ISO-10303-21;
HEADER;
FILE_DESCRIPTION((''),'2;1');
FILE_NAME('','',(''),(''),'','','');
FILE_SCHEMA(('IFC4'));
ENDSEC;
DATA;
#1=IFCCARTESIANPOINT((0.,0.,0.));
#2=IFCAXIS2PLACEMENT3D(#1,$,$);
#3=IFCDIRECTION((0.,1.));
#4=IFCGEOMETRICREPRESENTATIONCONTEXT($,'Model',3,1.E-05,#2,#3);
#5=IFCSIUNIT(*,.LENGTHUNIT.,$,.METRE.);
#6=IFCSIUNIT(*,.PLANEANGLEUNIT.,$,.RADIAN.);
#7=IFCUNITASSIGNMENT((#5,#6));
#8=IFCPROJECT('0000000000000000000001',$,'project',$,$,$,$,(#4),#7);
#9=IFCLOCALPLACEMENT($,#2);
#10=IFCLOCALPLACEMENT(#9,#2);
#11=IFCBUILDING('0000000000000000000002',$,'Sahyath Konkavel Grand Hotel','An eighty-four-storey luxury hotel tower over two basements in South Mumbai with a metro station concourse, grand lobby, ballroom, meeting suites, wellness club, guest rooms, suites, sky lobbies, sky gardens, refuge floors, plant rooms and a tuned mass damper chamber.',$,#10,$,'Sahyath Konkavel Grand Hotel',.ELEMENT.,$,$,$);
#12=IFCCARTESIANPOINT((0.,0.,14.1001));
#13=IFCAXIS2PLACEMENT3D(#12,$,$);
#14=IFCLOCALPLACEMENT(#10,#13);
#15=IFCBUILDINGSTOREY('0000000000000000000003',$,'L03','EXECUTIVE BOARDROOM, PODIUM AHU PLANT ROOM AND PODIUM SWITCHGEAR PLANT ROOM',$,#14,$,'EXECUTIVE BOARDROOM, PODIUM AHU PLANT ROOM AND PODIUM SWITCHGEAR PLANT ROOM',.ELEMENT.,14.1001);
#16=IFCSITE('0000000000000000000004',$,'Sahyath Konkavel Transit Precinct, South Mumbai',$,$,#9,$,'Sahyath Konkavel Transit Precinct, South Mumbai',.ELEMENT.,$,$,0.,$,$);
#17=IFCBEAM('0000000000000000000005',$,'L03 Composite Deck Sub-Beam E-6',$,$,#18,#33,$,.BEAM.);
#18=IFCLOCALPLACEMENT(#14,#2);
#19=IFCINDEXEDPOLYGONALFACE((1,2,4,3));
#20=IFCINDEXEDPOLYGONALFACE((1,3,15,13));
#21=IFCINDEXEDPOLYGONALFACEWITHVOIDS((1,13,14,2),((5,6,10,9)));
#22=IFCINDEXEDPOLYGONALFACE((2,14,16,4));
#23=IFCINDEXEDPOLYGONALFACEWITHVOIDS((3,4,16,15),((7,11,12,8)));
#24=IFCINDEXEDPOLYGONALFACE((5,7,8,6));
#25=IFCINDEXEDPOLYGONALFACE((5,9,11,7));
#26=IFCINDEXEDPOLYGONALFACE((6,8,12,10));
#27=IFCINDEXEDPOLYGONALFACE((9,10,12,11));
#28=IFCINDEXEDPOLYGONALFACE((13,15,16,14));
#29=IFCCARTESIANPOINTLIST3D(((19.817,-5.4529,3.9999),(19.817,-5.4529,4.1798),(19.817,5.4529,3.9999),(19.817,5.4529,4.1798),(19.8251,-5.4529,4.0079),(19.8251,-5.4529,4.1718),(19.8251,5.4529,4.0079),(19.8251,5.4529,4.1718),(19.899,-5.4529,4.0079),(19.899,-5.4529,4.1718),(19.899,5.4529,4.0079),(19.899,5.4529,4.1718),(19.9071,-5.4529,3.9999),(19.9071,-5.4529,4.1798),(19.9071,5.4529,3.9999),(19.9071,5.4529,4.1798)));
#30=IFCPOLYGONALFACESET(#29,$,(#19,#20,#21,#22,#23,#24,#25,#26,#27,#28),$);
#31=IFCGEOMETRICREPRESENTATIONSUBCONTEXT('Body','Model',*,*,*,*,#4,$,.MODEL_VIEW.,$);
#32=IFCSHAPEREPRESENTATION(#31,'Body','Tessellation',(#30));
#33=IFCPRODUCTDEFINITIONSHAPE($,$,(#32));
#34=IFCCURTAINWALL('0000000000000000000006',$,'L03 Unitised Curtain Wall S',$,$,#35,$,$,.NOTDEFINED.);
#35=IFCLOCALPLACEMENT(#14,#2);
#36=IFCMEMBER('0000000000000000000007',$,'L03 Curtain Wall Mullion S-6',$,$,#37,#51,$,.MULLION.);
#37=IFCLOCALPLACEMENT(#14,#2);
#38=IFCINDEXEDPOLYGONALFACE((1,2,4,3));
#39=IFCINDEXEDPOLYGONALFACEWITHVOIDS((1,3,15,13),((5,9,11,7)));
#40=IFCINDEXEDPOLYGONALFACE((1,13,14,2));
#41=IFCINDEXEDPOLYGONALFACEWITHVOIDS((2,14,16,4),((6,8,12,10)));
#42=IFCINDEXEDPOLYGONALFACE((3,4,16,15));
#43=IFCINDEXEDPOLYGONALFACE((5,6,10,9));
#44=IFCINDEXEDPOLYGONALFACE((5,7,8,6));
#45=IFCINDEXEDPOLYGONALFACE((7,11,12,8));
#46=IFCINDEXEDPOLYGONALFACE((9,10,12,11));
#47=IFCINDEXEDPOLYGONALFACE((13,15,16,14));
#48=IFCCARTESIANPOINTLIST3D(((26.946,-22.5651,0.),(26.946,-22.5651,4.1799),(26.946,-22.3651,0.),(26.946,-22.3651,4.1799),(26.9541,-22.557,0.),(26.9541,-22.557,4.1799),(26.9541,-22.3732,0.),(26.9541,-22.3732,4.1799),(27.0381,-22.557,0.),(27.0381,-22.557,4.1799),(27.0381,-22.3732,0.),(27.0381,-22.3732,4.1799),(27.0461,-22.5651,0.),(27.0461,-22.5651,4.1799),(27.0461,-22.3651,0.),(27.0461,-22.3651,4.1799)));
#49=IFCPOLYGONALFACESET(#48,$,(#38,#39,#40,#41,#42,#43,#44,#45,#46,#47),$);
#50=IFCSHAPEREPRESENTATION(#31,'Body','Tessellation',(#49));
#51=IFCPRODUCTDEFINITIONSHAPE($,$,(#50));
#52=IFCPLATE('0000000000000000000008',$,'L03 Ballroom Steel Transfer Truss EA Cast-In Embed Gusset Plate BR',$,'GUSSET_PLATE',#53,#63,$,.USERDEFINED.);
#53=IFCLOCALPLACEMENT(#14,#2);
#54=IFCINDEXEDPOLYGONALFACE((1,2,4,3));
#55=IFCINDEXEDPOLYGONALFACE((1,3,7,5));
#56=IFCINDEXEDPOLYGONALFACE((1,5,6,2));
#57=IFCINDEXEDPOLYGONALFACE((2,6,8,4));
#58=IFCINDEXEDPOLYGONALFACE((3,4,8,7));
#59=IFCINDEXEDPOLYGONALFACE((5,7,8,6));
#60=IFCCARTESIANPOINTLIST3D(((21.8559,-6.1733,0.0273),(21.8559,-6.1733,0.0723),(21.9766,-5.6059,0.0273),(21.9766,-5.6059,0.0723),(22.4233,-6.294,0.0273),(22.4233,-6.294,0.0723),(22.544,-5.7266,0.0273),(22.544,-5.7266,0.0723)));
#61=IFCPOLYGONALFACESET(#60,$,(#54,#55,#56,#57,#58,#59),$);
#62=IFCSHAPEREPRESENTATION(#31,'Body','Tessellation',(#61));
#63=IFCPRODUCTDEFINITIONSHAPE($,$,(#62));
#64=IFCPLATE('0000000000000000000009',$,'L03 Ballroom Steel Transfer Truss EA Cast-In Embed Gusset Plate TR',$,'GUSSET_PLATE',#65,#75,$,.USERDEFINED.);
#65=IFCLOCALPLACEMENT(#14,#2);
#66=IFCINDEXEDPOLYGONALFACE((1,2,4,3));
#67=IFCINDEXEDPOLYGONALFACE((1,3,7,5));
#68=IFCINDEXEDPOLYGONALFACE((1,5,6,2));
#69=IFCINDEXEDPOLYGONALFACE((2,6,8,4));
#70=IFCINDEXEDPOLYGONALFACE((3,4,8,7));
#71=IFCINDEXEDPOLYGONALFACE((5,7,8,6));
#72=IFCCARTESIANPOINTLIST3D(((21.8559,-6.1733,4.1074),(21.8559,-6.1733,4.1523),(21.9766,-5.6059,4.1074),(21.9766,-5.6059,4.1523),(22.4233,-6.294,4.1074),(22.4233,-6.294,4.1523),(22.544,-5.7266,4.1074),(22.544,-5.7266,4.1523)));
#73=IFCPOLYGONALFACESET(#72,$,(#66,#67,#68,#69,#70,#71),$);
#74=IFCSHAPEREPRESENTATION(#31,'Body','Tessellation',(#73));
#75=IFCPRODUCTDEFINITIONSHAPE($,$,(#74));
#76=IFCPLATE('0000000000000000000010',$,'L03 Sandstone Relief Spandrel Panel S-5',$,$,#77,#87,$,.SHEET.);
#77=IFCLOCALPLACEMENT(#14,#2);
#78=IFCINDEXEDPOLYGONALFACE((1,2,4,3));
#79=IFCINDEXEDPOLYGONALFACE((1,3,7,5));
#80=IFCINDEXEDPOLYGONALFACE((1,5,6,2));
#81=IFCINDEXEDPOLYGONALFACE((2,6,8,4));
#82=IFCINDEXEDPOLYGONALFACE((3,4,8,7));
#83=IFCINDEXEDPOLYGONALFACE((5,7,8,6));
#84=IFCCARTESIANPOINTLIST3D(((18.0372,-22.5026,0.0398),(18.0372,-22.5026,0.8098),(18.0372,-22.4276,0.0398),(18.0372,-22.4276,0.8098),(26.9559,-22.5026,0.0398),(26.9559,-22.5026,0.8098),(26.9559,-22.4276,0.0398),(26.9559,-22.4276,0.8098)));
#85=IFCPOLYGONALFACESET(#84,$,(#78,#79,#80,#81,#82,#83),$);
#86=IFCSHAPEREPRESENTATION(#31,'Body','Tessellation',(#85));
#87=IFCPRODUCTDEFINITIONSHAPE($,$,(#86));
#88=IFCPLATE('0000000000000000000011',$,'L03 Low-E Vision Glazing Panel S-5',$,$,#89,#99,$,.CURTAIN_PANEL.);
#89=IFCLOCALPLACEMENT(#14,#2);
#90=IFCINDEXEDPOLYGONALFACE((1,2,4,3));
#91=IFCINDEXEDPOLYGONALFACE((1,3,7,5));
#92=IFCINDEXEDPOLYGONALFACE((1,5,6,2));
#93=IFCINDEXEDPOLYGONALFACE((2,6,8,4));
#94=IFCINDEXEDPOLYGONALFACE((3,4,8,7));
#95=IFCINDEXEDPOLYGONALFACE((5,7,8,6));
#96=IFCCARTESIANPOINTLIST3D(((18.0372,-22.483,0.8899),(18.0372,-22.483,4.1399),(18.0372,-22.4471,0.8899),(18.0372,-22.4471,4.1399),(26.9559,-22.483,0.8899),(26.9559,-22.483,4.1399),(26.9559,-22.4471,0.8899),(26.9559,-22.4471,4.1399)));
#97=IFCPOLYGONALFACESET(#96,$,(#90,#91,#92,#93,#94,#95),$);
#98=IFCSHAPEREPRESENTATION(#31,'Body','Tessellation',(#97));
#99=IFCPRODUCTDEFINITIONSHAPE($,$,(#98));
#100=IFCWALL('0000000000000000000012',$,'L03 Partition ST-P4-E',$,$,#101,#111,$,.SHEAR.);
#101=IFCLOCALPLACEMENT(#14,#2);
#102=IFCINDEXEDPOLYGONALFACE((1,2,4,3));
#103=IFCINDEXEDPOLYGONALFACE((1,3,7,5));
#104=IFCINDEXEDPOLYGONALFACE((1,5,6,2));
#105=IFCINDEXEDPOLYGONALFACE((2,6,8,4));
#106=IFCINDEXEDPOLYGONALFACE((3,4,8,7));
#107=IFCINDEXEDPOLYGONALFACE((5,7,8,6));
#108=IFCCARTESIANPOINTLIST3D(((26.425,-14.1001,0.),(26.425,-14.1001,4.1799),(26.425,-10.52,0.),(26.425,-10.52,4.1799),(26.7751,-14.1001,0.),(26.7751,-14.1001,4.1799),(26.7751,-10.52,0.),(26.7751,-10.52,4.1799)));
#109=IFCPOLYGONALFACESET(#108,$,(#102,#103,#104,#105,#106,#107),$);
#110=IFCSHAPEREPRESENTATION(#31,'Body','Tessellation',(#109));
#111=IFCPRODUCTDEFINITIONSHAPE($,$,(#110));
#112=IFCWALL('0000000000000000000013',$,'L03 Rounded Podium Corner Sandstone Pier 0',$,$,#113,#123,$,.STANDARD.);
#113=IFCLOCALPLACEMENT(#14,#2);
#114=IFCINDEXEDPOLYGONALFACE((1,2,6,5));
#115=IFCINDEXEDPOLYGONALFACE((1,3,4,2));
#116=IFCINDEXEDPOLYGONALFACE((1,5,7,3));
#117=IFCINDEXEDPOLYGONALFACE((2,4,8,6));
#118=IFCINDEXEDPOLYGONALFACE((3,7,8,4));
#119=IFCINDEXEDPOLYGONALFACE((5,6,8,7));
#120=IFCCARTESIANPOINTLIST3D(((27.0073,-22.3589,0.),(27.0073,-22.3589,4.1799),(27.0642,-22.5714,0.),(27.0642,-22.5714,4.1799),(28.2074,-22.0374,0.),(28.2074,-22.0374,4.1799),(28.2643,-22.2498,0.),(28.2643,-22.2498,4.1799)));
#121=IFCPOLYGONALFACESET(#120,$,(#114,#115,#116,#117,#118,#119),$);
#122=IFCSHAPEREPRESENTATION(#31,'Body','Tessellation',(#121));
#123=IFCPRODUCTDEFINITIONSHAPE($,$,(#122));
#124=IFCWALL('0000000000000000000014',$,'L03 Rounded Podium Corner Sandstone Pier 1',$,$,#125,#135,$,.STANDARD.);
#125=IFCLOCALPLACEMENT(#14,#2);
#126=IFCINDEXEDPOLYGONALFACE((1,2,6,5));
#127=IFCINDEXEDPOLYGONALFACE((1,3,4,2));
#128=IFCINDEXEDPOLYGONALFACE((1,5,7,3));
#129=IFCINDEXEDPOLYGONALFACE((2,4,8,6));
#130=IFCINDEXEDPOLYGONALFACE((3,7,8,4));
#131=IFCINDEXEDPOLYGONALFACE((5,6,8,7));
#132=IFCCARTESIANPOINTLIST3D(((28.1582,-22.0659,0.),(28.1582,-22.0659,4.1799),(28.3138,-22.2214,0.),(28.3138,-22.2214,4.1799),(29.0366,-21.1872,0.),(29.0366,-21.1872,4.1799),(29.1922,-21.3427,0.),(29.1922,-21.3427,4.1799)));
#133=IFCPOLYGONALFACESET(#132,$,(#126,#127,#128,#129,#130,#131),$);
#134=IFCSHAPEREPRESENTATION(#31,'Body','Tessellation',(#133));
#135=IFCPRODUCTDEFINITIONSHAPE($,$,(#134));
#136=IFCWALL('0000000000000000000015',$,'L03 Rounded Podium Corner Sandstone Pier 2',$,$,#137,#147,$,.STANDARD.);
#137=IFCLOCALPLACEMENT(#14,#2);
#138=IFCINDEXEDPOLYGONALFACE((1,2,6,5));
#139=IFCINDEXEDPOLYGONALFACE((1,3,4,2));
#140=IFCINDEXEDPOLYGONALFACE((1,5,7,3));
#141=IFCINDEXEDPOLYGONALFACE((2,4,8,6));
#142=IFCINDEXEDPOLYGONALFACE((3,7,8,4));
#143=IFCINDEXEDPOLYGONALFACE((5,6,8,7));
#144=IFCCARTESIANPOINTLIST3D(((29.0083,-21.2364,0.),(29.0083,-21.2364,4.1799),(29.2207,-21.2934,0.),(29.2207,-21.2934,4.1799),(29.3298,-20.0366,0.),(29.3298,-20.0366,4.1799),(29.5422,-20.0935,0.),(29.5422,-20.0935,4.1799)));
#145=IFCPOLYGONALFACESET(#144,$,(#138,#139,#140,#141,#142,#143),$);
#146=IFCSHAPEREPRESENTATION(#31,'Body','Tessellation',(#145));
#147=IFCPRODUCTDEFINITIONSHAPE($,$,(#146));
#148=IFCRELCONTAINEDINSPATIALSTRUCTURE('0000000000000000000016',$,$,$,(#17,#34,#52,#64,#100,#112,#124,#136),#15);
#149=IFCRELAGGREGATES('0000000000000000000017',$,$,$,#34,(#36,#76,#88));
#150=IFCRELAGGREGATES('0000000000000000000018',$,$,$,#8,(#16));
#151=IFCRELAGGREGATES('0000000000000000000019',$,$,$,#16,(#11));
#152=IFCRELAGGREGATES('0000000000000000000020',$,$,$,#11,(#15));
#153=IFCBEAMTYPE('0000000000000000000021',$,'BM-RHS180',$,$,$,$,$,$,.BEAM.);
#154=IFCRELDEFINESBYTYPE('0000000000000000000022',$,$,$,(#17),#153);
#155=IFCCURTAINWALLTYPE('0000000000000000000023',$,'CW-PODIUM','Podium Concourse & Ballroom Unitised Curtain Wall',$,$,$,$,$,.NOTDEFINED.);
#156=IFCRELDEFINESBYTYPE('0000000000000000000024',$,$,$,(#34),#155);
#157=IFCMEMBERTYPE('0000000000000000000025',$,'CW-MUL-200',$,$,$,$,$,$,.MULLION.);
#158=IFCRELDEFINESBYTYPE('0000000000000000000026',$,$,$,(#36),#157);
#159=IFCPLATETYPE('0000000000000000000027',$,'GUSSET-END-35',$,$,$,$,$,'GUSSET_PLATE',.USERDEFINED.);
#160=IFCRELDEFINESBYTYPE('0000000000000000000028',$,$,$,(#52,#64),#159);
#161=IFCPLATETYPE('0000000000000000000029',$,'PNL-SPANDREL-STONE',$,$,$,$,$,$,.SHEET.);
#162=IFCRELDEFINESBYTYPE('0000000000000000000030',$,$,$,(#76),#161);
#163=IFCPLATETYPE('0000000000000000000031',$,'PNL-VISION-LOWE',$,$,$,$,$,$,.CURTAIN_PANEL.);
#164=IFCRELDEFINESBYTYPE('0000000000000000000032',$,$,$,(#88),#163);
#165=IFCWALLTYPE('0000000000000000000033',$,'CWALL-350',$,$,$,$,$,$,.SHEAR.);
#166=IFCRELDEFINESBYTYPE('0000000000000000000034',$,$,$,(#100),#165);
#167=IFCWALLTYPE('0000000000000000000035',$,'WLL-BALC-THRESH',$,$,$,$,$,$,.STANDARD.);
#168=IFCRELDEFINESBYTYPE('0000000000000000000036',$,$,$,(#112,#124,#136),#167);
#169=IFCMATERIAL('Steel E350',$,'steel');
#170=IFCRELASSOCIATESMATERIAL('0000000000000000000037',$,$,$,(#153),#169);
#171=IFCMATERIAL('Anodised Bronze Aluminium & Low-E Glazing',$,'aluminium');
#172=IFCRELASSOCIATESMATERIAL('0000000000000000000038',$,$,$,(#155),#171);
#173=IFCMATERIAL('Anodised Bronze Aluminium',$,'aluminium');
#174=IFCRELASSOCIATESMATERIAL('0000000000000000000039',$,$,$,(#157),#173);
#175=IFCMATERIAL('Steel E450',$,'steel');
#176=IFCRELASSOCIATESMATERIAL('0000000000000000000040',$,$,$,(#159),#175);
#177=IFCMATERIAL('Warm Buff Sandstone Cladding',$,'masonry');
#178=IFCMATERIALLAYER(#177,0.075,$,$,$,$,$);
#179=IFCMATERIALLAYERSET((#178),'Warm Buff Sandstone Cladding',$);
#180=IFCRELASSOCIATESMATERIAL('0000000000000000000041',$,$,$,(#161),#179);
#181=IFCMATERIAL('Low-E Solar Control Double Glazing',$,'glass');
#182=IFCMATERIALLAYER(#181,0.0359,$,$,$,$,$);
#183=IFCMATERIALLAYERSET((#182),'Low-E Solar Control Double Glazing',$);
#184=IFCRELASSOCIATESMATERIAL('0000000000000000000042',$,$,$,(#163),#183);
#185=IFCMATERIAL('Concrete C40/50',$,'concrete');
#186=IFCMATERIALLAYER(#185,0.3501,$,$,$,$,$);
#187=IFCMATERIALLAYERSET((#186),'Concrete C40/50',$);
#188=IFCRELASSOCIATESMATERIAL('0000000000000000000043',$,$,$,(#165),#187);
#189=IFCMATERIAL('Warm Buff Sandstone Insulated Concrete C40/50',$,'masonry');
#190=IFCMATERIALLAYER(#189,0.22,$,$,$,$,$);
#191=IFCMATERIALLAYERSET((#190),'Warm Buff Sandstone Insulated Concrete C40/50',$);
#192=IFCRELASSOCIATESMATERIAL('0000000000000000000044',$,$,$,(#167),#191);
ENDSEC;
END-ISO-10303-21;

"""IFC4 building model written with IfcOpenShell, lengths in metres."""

from ifc_helpers import new_model, si_unit, direction, frame, frame_2d, origin, origin_2d, place, context, subcontext, project, spatial, rectangle, hollow_rectangle, extrude, source, transform, mapped, material, layer, layer_set, material_profile, profile_set, type_object, element, aggregate, save


model = new_model("IFC4")

# Units and contexts
model_context = context("Model", 3, precision=1e-05, world=origin(), true_north=direction((0.0, 1.0)))
body_context = subcontext(model_context, "Body", "Model", "MODEL_VIEW")
ifc_project = project(units=[si_unit("LENGTHUNIT", "METRE"), si_unit("PLANEANGLEUNIT", "RADIAN")], contexts=[model_context])

# Site, building, storey
site_placement = place(None, origin())
site = spatial("IfcSite", under=ifc_project, at=site_placement, Name="Sahyath Konkavel Transit Precinct, South Mumbai", LongName="Sahyath Konkavel Transit Precinct, South Mumbai", CompositionType="ELEMENT", RefElevation=0.0)
building_placement = place(site_placement, origin())
building = spatial("IfcBuilding", under=site, at=building_placement, Name="Sahyath Konkavel Grand Hotel", Description="An eighty-four-storey luxury hotel tower over two basements in South Mumbai with a metro station concourse, grand lobby, ballroom, meeting suites, wellness club, guest rooms, suites, sky lobbies, sky gardens, refuge floors, plant rooms and a tuned mass damper chamber.", LongName="Sahyath Konkavel Grand Hotel", CompositionType="ELEMENT")
storey_placement = place(building_placement, frame((0.0, 0.0, 14.1001)))
storey = spatial("IfcBuildingStorey", under=building, at=storey_placement, Name="L03", Description="EXECUTIVE BOARDROOM, PODIUM AHU PLANT ROOM AND PODIUM SWITCHGEAR PLANT ROOM", LongName="EXECUTIVE BOARDROOM, PODIUM AHU PLANT ROOM AND PODIUM SWITCHGEAR PLANT ROOM", CompositionType="ELEMENT", Elevation=14.1001)

# Shared definitions
ifc_material_1 = material(Name="Steel E450", Category="steel")
ifc_material_2 = material(Name="Steel E350", Category="steel")

# Beam
ifc_material_profile_1 = material_profile(ifc_material_2, hollow_rectangle(XDim=0.0901, YDim=0.1799, WallThickness=0.0081, at=origin_2d()), Name="RHS 180x90x8")
ifc_profile_set_1 = profile_set([ifc_material_profile_1], Name="Steel E350")
beam_type_1 = type_object("IfcBeamType", Name="BM-RHS180", PredefinedType="BEAM", material=ifc_profile_set_1)
shared_shape_1 = source(origin(), body_context, "Body", "SweptSolid", [
    extrude(hollow_rectangle(XDim=0.0901, YDim=0.1799, WallThickness=0.0081, at=origin_2d()), origin(), (0.0, 0.0, 1.0), 10.9058),
])
beam_1_placement = place(storey_placement, frame((19.8621, -5.4529, 4.0898), z_axis=(0.0, 1.0, 0.0), x_axis=(-1.0, 0.0, 0.0)))
element("IfcBeam", 1, at=beam_1_placement, inside=storey, type_object=beam_type_1, Name="L03 Composite Deck Sub-Beam E-6", PredefinedType="BEAM", context=body_context, shape_type="MappedRepresentation", body=[
    mapped(shared_shape_1, transform((0.0, 0.0, 0.0), scale=1.0)),
])

# Curtain wall, member
ifc_material_3 = material(Name="Anodised Bronze Aluminium & Low-E Glazing", Category="aluminium")
curtain_wall_type = type_object("IfcCurtainWallType", Name="CW-PODIUM", Description="Podium Concourse & Ballroom Unitised Curtain Wall", PredefinedType="NOTDEFINED", material=ifc_material_3)
curtain_wall_placement = place(storey_placement, origin())
curtain_wall = element("IfcCurtainWall", 2, at=curtain_wall_placement, inside=storey, type_object=curtain_wall_type, Name="L03 Unitised Curtain Wall S", PredefinedType="NOTDEFINED")
ifc_material_4 = material(Name="Anodised Bronze Aluminium", Category="aluminium")
ifc_material_profile_2 = material_profile(ifc_material_4, hollow_rectangle(XDim=0.1001, YDim=0.2, WallThickness=0.0081, at=origin_2d()), Name="RHS 200x100x8")
ifc_profile_set_2 = profile_set([ifc_material_profile_2], Name="Anodised Bronze Aluminium")
member_type_1 = type_object("IfcMemberType", Name="CW-MUL-200", PredefinedType="MULLION", material=ifc_profile_set_2)
shared_shape_2 = source(origin(), body_context, "Body", "SweptSolid", [
    extrude(hollow_rectangle(XDim=0.1001, YDim=0.2, WallThickness=0.0081, at=origin_2d()), origin(), (0.0, 0.0, 1.0), 4.1799),
])
member_1_placement = place(storey_placement, frame((26.9961, -22.4651, 0.0), z_axis=(0.0, 0.0, 1.0), x_axis=(1.0, 0.0, 0.0)))
member_1 = element("IfcMember", 3, at=member_1_placement, type_object=member_type_1, Name="L03 Curtain Wall Mullion S-6", PredefinedType="MULLION", context=body_context, shape_type="MappedRepresentation", body=[
    mapped(shared_shape_2, transform((0.0, 0.0, 0.0), scale=1.0)),
])

# Plates
plate_type_1 = type_object("IfcPlateType", Name="GUSSET-END-35", ElementType="GUSSET_PLATE", PredefinedType="USERDEFINED", material=ifc_material_1)
shared_shape_3 = source(origin(), body_context, "Body", "SweptSolid", [
    extrude(rectangle(XDim=0.5801, YDim=0.5801, at=origin_2d()), origin(), (0.0, 0.0, 1.0), 0.0449),
])
for number, where, z_axis, x_axis, name in (
    (4, (22.2, -5.95, 0.0273), (0.0, 0.0, 1.0), (0.978144, -0.207929, 0.0), "L03 Ballroom Steel Transfer Truss EA Cast-In Embed Gusset Plate BR"),
    (5, (22.2, -5.95, 4.1074), (0.0, 0.0, 1.0), (0.978144, -0.207929, 0.0), "L03 Ballroom Steel Transfer Truss EA Cast-In Embed Gusset Plate TR"),
):
    element("IfcPlate", number, at=place(storey_placement, frame(where, z_axis=z_axis, x_axis=x_axis)), inside=storey, type_object=plate_type_1, Name=name, ObjectType="GUSSET_PLATE", PredefinedType="USERDEFINED", context=body_context, shape_type="MappedRepresentation", body=[
        mapped(shared_shape_3, transform((0.0, 0.0, 0.0), scale=1.0)),
    ])

# Plates
ifc_material_5 = material(Name="Warm Buff Sandstone Cladding", Category="masonry")
ifc_layer_1 = layer(ifc_material_5, 0.075)
ifc_layer_set_1 = layer_set([ifc_layer_1], Name="Warm Buff Sandstone Cladding")
plate_type_2 = type_object("IfcPlateType", Name="PNL-SPANDREL-STONE", PredefinedType="SHEET", material=ifc_layer_set_1)
shared_shape_4 = source(origin(), body_context, "Body", "SweptSolid", [
    extrude(rectangle(XDim=8.9187, YDim=0.075, at=origin_2d()), origin(), (0.0, 0.0, 1.0), 0.77),
])
plate_1_placement = place(storey_placement, frame((22.4966, -22.4651, 0.0398), z_axis=(0.0, 0.0, 1.0), x_axis=(1.0, 0.0, 0.0)))
plate_1 = element("IfcPlate", 6, at=plate_1_placement, type_object=plate_type_2, Name="L03 Sandstone Relief Spandrel Panel S-5", PredefinedType="SHEET", context=body_context, shape_type="MappedRepresentation", body=[
    mapped(shared_shape_4, transform((0.0, 0.0, 0.0), scale=1.0)),
])
ifc_material_6 = material(Name="Low-E Solar Control Double Glazing", Category="glass")
ifc_layer_2 = layer(ifc_material_6, 0.0359)
ifc_layer_set_2 = layer_set([ifc_layer_2], Name="Low-E Solar Control Double Glazing")
plate_type_3 = type_object("IfcPlateType", Name="PNL-VISION-LOWE", PredefinedType="CURTAIN_PANEL", material=ifc_layer_set_2)
shared_shape_5 = source(origin(), body_context, "Body", "SweptSolid", [
    extrude(rectangle(XDim=8.9187, YDim=0.0359, at=origin_2d()), origin(), (0.0, 0.0, 1.0), 3.25),
])
plate_2_placement = place(storey_placement, frame((22.4966, -22.4651, 0.8899), z_axis=(0.0, 0.0, 1.0), x_axis=(1.0, 0.0, 0.0)))
plate_2 = element("IfcPlate", 7, at=plate_2_placement, type_object=plate_type_3, Name="L03 Low-E Vision Glazing Panel S-5", PredefinedType="CURTAIN_PANEL", context=body_context, shape_type="MappedRepresentation", body=[
    mapped(shared_shape_5, transform((0.0, 0.0, 0.0), scale=1.0)),
])
aggregate(curtain_wall, [member_1, plate_1, plate_2])

# Walls
ifc_material_7 = material(Name="Concrete C40/50", Category="concrete")
ifc_layer_3 = layer(ifc_material_7, 0.3501)
ifc_layer_set_3 = layer_set([ifc_layer_3], Name="Concrete C40/50")
wall_type_1 = type_object("IfcWallType", Name="CWALL-350", PredefinedType="SHEAR", material=ifc_layer_set_3)
wall_1_placement = place(storey_placement, frame((26.6001, -14.1001, 0.0), z_axis=(0.0, 0.0, 1.0), x_axis=(0.0, 1.0, 0.0)))
element("IfcWall", 8, at=wall_1_placement, inside=storey, type_object=wall_type_1, Name="L03 Partition ST-P4-E", PredefinedType="SHEAR", context=body_context, shape_type="SweptSolid", body=[
    extrude(rectangle(XDim=3.5801, YDim=0.3501, at=frame_2d((1.79, 0.0))), origin(), (0.0, 0.0, 1.0), 4.1799),
])
ifc_material_8 = material(Name="Warm Buff Sandstone Insulated Concrete C40/50", Category="masonry")
ifc_layer_4 = layer(ifc_material_8, 0.22)
ifc_layer_set_4 = layer_set([ifc_layer_4], Name="Warm Buff Sandstone Insulated Concrete C40/50")
wall_type_2 = type_object("IfcWallType", Name="WLL-BALC-THRESH", PredefinedType="STANDARD", material=ifc_layer_set_4)
for number, where, z_axis, x_axis, name in (
    (9, (27.0359, -22.4651, 0.0), (0.0, 0.0, 1.0), (0.965938, 0.258775, 0.0), "L03 Rounded Podium Corner Sandstone Pier 0"),
    (10, (28.2361, -22.1436, 0.0), (0.0, 0.0, 1.0), (0.707009, 0.707205, 0.0), "L03 Rounded Podium Corner Sandstone Pier 1"),
):
    element("IfcWall", number, at=place(storey_placement, frame(where, z_axis=z_axis, x_axis=x_axis)), inside=storey, type_object=wall_type_2, Name=name, PredefinedType="STANDARD", context=body_context, shape_type="SweptSolid", body=[
        extrude(rectangle(XDim=1.2424, YDim=0.22, at=frame_2d((0.6211, 0.0))), origin(), (0.0, 0.0, 1.0), 4.1799),
    ])
wall_2_placement = place(storey_placement, frame((29.1145, -21.2649, 0.0), z_axis=(0.0, 0.0, 1.0), x_axis=(0.258824, 0.965924, 0.0)))
element("IfcWall", 11, at=wall_2_placement, inside=storey, type_object=wall_type_2, Name="L03 Rounded Podium Corner Sandstone Pier 2", PredefinedType="STANDARD", context=body_context, shape_type="SweptSolid", body=[
    extrude(rectangle(XDim=1.2422, YDim=0.22, at=frame_2d((0.6211, 0.0))), origin(), (0.0, 0.0, 1.0), 4.1799),
])

save(model, "model.ifc")
